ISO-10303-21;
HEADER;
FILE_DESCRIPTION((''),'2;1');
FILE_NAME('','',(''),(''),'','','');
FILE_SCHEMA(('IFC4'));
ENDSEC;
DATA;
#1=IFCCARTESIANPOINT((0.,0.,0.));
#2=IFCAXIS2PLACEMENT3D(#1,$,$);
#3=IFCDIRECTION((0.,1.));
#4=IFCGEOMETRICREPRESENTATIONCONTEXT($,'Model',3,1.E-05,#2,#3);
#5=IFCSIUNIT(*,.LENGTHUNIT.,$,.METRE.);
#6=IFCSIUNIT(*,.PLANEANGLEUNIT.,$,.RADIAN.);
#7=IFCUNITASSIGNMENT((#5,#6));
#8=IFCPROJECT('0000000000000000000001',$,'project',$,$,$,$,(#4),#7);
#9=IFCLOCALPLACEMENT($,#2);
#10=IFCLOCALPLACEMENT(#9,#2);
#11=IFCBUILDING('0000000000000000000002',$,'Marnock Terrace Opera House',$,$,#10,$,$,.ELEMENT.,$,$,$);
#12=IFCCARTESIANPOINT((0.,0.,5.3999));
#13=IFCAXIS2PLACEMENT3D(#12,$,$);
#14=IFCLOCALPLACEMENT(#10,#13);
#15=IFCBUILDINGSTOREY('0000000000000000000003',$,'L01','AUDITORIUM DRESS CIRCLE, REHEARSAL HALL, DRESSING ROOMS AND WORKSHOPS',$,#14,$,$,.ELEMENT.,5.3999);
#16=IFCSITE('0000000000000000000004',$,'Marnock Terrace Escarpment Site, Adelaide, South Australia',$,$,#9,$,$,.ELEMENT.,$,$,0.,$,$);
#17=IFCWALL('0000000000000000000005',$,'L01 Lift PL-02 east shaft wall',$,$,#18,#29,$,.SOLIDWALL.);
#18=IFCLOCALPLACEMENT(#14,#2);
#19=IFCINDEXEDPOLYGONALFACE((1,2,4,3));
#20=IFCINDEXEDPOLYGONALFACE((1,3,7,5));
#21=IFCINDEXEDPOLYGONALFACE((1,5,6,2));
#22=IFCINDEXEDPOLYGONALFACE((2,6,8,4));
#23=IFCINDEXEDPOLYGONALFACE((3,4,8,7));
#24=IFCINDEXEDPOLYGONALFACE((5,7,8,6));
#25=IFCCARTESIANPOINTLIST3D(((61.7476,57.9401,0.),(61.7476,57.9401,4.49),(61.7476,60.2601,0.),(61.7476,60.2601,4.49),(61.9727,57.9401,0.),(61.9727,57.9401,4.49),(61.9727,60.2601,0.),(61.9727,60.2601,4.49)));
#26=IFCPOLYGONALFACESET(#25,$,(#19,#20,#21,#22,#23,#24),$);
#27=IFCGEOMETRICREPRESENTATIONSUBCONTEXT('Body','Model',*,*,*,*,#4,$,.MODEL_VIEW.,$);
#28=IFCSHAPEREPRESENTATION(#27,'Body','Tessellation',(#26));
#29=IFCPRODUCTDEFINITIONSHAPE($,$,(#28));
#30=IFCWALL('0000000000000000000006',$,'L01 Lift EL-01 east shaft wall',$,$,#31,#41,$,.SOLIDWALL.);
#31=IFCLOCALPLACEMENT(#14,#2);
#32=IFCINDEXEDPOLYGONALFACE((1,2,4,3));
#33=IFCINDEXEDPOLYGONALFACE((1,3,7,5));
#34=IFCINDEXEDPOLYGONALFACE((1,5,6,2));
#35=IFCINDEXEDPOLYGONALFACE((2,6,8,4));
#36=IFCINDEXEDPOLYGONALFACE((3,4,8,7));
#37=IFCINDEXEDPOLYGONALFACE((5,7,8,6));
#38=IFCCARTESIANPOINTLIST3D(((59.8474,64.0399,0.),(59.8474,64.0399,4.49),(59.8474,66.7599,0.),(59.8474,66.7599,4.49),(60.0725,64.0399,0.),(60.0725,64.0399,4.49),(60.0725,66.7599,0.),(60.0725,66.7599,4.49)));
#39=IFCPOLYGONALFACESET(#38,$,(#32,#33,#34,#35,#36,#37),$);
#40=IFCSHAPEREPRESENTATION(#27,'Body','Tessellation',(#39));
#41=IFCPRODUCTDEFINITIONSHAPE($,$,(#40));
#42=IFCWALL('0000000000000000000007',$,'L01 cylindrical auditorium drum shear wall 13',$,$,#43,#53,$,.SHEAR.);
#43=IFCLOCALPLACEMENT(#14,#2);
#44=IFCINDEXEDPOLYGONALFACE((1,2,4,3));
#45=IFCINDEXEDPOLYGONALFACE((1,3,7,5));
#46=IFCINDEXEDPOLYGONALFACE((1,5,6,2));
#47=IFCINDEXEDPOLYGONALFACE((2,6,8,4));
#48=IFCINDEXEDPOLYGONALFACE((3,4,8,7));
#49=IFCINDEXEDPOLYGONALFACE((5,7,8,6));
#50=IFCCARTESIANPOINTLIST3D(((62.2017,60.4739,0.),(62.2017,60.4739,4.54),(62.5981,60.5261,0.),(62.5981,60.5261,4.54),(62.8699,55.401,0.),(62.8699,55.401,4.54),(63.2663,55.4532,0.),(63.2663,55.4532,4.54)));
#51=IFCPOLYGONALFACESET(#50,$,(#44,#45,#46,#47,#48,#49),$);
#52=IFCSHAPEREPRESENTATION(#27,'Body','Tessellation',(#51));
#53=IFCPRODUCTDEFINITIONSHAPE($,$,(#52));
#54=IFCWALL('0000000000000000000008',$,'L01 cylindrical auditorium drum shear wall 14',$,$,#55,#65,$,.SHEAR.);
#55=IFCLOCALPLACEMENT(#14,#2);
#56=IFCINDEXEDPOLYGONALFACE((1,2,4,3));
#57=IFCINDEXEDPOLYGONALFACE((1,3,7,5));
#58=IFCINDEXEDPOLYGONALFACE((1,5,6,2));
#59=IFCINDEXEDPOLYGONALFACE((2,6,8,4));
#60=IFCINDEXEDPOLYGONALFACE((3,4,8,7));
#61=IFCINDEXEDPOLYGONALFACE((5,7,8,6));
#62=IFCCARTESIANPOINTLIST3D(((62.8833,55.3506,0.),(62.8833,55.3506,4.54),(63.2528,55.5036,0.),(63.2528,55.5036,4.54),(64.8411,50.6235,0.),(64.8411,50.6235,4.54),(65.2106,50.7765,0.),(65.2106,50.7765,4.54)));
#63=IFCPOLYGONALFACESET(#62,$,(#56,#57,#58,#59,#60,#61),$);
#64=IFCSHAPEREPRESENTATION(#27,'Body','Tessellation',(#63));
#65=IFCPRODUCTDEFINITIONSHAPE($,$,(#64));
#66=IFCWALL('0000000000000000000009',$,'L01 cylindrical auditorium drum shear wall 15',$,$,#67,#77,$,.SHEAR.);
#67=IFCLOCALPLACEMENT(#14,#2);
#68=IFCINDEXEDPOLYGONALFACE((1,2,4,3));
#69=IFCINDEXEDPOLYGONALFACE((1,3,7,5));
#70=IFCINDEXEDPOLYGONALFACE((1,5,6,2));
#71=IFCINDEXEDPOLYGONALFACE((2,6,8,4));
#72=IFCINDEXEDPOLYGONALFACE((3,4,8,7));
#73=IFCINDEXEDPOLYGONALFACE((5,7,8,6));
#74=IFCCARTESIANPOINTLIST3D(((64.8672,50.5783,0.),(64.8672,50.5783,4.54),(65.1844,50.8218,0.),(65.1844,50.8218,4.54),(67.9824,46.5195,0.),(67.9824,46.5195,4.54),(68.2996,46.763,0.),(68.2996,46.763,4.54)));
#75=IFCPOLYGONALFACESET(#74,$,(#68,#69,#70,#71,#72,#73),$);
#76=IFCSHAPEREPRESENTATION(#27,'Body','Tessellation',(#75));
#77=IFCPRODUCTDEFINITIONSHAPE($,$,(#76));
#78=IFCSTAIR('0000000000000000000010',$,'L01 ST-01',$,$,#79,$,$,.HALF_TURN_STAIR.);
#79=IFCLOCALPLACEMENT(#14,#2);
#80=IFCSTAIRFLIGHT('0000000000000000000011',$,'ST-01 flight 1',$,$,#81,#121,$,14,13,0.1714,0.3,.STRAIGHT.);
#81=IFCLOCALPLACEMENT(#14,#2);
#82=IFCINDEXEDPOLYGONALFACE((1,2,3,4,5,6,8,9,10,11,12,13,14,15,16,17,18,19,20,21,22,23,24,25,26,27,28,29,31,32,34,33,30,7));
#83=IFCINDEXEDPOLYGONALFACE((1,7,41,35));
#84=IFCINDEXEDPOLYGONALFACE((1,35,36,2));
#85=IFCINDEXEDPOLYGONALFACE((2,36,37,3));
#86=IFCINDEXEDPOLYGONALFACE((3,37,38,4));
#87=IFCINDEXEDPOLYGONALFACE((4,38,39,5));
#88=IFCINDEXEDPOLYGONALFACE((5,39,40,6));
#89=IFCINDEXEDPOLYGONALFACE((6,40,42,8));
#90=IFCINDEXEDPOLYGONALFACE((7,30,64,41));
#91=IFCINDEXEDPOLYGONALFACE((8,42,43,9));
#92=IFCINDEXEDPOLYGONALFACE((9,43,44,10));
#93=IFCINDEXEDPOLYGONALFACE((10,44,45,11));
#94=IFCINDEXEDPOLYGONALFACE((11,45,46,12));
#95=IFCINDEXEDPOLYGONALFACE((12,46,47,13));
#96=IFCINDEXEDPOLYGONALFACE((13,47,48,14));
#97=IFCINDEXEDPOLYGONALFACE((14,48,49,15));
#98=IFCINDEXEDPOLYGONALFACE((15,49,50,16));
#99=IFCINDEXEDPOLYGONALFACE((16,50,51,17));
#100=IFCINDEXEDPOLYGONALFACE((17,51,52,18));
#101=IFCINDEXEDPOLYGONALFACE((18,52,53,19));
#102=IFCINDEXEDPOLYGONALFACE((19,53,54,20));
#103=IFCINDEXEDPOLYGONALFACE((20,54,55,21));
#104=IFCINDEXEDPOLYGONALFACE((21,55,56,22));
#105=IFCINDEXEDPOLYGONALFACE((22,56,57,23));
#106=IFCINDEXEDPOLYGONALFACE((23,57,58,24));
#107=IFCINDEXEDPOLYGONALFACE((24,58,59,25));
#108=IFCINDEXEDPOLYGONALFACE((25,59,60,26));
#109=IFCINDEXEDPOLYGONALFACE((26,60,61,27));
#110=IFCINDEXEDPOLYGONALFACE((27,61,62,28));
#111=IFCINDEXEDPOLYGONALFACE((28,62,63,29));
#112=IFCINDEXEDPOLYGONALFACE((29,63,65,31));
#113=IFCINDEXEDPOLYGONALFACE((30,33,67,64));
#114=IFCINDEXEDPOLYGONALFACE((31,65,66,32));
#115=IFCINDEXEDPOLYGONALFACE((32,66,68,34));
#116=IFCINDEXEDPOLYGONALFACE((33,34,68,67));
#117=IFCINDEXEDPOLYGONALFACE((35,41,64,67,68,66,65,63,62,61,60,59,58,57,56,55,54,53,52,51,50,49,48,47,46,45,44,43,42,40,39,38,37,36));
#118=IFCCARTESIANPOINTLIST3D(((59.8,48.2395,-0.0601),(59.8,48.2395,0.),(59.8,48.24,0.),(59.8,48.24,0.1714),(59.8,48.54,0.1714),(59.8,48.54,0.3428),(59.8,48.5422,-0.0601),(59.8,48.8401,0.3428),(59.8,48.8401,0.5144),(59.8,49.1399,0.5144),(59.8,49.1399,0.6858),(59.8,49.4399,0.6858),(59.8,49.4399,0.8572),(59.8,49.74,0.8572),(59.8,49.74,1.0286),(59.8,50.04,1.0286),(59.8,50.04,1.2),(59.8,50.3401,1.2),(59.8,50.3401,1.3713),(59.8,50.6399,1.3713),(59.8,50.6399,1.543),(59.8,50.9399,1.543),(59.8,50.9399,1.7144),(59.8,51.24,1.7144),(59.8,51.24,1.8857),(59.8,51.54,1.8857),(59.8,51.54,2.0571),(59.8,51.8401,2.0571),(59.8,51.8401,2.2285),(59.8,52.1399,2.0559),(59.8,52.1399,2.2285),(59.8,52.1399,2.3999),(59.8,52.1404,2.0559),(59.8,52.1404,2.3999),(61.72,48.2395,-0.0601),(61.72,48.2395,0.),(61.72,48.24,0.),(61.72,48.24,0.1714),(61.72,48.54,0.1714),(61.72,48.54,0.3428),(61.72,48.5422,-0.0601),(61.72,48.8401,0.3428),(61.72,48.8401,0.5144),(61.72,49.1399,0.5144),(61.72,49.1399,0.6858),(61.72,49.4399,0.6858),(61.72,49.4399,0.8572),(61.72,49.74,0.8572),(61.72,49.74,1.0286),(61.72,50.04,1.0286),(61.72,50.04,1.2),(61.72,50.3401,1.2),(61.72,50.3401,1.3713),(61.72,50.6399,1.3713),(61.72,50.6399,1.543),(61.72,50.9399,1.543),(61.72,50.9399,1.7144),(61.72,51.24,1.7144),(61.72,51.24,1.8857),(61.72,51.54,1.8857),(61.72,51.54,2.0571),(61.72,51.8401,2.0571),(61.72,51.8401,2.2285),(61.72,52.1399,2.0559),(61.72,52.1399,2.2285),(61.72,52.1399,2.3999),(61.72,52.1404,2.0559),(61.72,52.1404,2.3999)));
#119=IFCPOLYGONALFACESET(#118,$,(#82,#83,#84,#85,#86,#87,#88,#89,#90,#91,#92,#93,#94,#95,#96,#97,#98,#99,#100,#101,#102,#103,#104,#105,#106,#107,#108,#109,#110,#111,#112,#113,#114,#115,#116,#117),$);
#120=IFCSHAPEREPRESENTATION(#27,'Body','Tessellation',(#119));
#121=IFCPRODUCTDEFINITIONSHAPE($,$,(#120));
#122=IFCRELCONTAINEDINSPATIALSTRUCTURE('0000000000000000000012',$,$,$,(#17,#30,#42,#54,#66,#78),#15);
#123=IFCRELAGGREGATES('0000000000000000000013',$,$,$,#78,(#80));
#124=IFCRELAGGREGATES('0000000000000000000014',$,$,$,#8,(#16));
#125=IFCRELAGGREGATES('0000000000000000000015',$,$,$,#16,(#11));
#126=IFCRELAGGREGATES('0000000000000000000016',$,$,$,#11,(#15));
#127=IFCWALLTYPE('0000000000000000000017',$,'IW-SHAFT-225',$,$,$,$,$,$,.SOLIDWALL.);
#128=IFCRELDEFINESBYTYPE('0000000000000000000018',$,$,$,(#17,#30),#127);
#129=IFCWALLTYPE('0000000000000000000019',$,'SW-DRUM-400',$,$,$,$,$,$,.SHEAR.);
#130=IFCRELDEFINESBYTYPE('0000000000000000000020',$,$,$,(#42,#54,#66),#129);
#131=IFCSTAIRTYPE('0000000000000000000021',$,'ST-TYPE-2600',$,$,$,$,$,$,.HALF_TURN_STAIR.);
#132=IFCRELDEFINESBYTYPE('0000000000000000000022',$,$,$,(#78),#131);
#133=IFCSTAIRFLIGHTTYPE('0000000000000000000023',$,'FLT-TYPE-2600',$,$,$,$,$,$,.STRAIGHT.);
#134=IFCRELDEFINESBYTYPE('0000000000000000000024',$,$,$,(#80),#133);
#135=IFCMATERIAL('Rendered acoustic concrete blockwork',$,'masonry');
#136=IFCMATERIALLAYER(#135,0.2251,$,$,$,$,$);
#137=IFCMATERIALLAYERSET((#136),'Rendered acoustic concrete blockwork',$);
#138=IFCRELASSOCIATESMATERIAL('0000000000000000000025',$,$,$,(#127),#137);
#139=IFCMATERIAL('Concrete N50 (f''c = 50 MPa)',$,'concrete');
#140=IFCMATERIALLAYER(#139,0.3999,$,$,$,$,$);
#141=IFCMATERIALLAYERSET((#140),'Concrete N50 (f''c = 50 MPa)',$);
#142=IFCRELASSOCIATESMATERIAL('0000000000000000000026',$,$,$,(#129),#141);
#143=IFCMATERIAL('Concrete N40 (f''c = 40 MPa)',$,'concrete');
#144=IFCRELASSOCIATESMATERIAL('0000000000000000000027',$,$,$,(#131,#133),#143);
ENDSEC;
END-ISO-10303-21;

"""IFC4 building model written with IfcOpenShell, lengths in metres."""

from ifc_helpers import new_model, si_unit, direction, frame, frame_2d, origin, place, context, subcontext, project, spatial, polyline, rectangle, outline, extrude, material, layer, layer_set, type_object, element, aggregate, save


model = new_model("IFC4")

# Units and contexts
model_context = context("Model", 3, precision=1e-05, world=origin(), true_north=direction((0.0, 1.0)))
body_context = subcontext(model_context, "Body", "Model", "MODEL_VIEW")
ifc_project = project(units=[si_unit("LENGTHUNIT", "METRE"), si_unit("PLANEANGLEUNIT", "RADIAN")], contexts=[model_context])

# Site, building, storey
site_placement = place(None, origin())
site = spatial("IfcSite", under=ifc_project, at=site_placement, Name="Marnock Terrace Escarpment Site, Adelaide, South Australia", CompositionType="ELEMENT", RefElevation=0.0)
building_placement = place(site_placement, origin())
building = spatial("IfcBuilding", under=site, at=building_placement, Name="Marnock Terrace Opera House", CompositionType="ELEMENT")
storey_placement = place(building_placement, frame((0.0, 0.0, 5.3999)))
storey = spatial("IfcBuildingStorey", under=building, at=storey_placement, Name="L01", Description="AUDITORIUM DRESS CIRCLE, REHEARSAL HALL, DRESSING ROOMS AND WORKSHOPS", CompositionType="ELEMENT", Elevation=5.3999)

# Shared definitions
ifc_material_1 = material(Name="Concrete N50 (f'c = 50 MPa)", Category="concrete")

# Walls
ifc_material_2 = material(Name="Rendered acoustic concrete blockwork", Category="masonry")
ifc_layer_1 = layer(ifc_material_2, 0.2251)
ifc_layer_set_1 = layer_set([ifc_layer_1], Name="Rendered acoustic concrete blockwork")
wall_type_1 = type_object("IfcWallType", Name="IW-SHAFT-225", PredefinedType="SOLIDWALL", material=ifc_layer_set_1)
wall_1_placement = place(storey_placement, frame((61.8601, 57.9399, 0.0), z_axis=(0.0, 0.0, 1.0), x_axis=(0.0, 1.0, 0.0)))
element("IfcWall", 1, at=wall_1_placement, inside=storey, type_object=wall_type_1, Name="L01 Lift PL-02 east shaft wall", PredefinedType="SOLIDWALL", context=body_context, shape_type="SweptSolid", body=[
    extrude(rectangle(XDim=2.3201, YDim=0.2251, at=frame_2d((1.1602, 0.0))), origin(), (0.0, 0.0, 1.0), 4.49),
])
wall_2_placement = place(storey_placement, frame((59.96, 64.04, 0.0), z_axis=(0.0, 0.0, 1.0), x_axis=(0.0, 1.0, 0.0)))
element("IfcWall", 2, at=wall_2_placement, inside=storey, type_object=wall_type_1, Name="L01 Lift EL-01 east shaft wall", PredefinedType="SOLIDWALL", context=body_context, shape_type="SweptSolid", body=[
    extrude(rectangle(XDim=2.72, YDim=0.2251, at=frame_2d((1.3599, 0.0))), origin(), (0.0, 0.0, 1.0), 4.49),
])
ifc_layer_2 = layer(ifc_material_1, 0.3999)
ifc_layer_set_2 = layer_set([ifc_layer_2], Name="Concrete N50 (f'c = 50 MPa)")
wall_type_2 = type_object("IfcWallType", Name="SW-DRUM-400", PredefinedType="SHEAR", material=ifc_layer_set_2)
wall_3_placement = place(storey_placement, frame((62.3999, 60.5, 0.0), z_axis=(0.0, 0.0, 1.0), x_axis=(0.130592, -0.991436, 0.0)))
element("IfcWall", 3, at=wall_3_placement, inside=storey, type_object=wall_type_2, Name="L01 cylindrical auditorium drum shear wall 13", PredefinedType="SHEAR", context=body_context, shape_type="SweptSolid", body=[
    extrude(rectangle(XDim=5.1167, YDim=0.3999, at=frame_2d((2.5583, 0.0))), origin(), (0.0, 0.0, 1.0), 4.54),
])
for number, where, z_axis, x_axis, name in (
    (4, (63.0681, 55.427, 0.0), (0.0, 0.0, 1.0), (0.382643, -0.923896, 0.0), "L01 cylindrical auditorium drum shear wall 14"),
    (5, (65.0259, 50.7, 0.0), (0.0, 0.0, 1.0), (0.608857, -0.79328, 0.0), "L01 cylindrical auditorium drum shear wall 15"),
):
    element("IfcWall", number, at=place(storey_placement, frame(where, z_axis=z_axis, x_axis=x_axis)), inside=storey, type_object=wall_type_2, Name=name, PredefinedType="SHEAR", context=body_context, shape_type="SweptSolid", body=[
        extrude(rectangle(XDim=5.1165, YDim=0.3999, at=frame_2d((2.5581, 0.0))), origin(), (0.0, 0.0, 1.0), 4.54),
    ])

# Stair, stair flight
ifc_material_3 = material(Name="Concrete N40 (f'c = 40 MPa)", Category="concrete")
stair_type = type_object("IfcStairType", Name="ST-TYPE-2600", PredefinedType="HALF_TURN_STAIR", material=ifc_material_3)
stair_placement = place(storey_placement, origin())
stair = element("IfcStair", 6, at=stair_placement, inside=storey, type_object=stair_type, Name="L01 ST-01", PredefinedType="HALF_TURN_STAIR")
stair_flight_type = type_object("IfcStairFlightType", Name="FLT-TYPE-2600", PredefinedType="STRAIGHT", material=ifc_material_3)
stair_flight_placement = place(storey_placement, frame((60.76, 48.24, 0.0), z_axis=(0.0, 0.0, 1.0), x_axis=(0.0, 1.0, 0.0)))
stair_flight = element("IfcStairFlight", 7, at=stair_flight_placement, type_object=stair_flight_type, Name="ST-01 flight 1", NumberOfRisers=14, NumberOfTreads=13, PredefinedType="STRAIGHT", RiserHeight=0.1714, TreadLength=0.3, context=body_context, shape_type="SweptSolid", body=[
    extrude(outline(polyline([(-0.0005, -0.0601), (-0.0005, 0.0), (0.0, 0.0), (0.0, 0.1714), (0.3, 0.1714), (0.3, 0.3428), (0.6001, 0.3428), (0.6001, 0.5144), (0.8999, 0.5144), (0.8999, 0.6858), (1.2, 0.6858), (1.2, 0.8572), (1.5, 0.8572), (1.5, 1.0286), (1.8, 1.0286), (1.8, 1.2), (2.1001, 1.2), (2.1001, 1.3713), (2.3999, 1.3713), (2.3999, 1.543), (2.7, 1.543), (2.7, 1.7144), (3.0, 1.7144), (3.0, 1.8857), (3.3, 1.8857), (3.3, 2.0571), (3.6001, 2.0571), (3.6001, 2.2285), (3.8999, 2.2285), (3.8999, 2.3999), (3.9004, 2.3999), (3.9004, 2.0559), (3.8999, 2.0559), (0.3022, -0.0601), (-0.0005, -0.0601)])), frame((0.0, 0.96, 0.0), z_axis=(0.0, -1.0, 0.0), x_axis=(1.0, 0.0, 0.0)), (0.0, 0.0, 1.0), 1.9199),
])
aggregate(stair, [stair_flight])

save(model, "model.ifc")
